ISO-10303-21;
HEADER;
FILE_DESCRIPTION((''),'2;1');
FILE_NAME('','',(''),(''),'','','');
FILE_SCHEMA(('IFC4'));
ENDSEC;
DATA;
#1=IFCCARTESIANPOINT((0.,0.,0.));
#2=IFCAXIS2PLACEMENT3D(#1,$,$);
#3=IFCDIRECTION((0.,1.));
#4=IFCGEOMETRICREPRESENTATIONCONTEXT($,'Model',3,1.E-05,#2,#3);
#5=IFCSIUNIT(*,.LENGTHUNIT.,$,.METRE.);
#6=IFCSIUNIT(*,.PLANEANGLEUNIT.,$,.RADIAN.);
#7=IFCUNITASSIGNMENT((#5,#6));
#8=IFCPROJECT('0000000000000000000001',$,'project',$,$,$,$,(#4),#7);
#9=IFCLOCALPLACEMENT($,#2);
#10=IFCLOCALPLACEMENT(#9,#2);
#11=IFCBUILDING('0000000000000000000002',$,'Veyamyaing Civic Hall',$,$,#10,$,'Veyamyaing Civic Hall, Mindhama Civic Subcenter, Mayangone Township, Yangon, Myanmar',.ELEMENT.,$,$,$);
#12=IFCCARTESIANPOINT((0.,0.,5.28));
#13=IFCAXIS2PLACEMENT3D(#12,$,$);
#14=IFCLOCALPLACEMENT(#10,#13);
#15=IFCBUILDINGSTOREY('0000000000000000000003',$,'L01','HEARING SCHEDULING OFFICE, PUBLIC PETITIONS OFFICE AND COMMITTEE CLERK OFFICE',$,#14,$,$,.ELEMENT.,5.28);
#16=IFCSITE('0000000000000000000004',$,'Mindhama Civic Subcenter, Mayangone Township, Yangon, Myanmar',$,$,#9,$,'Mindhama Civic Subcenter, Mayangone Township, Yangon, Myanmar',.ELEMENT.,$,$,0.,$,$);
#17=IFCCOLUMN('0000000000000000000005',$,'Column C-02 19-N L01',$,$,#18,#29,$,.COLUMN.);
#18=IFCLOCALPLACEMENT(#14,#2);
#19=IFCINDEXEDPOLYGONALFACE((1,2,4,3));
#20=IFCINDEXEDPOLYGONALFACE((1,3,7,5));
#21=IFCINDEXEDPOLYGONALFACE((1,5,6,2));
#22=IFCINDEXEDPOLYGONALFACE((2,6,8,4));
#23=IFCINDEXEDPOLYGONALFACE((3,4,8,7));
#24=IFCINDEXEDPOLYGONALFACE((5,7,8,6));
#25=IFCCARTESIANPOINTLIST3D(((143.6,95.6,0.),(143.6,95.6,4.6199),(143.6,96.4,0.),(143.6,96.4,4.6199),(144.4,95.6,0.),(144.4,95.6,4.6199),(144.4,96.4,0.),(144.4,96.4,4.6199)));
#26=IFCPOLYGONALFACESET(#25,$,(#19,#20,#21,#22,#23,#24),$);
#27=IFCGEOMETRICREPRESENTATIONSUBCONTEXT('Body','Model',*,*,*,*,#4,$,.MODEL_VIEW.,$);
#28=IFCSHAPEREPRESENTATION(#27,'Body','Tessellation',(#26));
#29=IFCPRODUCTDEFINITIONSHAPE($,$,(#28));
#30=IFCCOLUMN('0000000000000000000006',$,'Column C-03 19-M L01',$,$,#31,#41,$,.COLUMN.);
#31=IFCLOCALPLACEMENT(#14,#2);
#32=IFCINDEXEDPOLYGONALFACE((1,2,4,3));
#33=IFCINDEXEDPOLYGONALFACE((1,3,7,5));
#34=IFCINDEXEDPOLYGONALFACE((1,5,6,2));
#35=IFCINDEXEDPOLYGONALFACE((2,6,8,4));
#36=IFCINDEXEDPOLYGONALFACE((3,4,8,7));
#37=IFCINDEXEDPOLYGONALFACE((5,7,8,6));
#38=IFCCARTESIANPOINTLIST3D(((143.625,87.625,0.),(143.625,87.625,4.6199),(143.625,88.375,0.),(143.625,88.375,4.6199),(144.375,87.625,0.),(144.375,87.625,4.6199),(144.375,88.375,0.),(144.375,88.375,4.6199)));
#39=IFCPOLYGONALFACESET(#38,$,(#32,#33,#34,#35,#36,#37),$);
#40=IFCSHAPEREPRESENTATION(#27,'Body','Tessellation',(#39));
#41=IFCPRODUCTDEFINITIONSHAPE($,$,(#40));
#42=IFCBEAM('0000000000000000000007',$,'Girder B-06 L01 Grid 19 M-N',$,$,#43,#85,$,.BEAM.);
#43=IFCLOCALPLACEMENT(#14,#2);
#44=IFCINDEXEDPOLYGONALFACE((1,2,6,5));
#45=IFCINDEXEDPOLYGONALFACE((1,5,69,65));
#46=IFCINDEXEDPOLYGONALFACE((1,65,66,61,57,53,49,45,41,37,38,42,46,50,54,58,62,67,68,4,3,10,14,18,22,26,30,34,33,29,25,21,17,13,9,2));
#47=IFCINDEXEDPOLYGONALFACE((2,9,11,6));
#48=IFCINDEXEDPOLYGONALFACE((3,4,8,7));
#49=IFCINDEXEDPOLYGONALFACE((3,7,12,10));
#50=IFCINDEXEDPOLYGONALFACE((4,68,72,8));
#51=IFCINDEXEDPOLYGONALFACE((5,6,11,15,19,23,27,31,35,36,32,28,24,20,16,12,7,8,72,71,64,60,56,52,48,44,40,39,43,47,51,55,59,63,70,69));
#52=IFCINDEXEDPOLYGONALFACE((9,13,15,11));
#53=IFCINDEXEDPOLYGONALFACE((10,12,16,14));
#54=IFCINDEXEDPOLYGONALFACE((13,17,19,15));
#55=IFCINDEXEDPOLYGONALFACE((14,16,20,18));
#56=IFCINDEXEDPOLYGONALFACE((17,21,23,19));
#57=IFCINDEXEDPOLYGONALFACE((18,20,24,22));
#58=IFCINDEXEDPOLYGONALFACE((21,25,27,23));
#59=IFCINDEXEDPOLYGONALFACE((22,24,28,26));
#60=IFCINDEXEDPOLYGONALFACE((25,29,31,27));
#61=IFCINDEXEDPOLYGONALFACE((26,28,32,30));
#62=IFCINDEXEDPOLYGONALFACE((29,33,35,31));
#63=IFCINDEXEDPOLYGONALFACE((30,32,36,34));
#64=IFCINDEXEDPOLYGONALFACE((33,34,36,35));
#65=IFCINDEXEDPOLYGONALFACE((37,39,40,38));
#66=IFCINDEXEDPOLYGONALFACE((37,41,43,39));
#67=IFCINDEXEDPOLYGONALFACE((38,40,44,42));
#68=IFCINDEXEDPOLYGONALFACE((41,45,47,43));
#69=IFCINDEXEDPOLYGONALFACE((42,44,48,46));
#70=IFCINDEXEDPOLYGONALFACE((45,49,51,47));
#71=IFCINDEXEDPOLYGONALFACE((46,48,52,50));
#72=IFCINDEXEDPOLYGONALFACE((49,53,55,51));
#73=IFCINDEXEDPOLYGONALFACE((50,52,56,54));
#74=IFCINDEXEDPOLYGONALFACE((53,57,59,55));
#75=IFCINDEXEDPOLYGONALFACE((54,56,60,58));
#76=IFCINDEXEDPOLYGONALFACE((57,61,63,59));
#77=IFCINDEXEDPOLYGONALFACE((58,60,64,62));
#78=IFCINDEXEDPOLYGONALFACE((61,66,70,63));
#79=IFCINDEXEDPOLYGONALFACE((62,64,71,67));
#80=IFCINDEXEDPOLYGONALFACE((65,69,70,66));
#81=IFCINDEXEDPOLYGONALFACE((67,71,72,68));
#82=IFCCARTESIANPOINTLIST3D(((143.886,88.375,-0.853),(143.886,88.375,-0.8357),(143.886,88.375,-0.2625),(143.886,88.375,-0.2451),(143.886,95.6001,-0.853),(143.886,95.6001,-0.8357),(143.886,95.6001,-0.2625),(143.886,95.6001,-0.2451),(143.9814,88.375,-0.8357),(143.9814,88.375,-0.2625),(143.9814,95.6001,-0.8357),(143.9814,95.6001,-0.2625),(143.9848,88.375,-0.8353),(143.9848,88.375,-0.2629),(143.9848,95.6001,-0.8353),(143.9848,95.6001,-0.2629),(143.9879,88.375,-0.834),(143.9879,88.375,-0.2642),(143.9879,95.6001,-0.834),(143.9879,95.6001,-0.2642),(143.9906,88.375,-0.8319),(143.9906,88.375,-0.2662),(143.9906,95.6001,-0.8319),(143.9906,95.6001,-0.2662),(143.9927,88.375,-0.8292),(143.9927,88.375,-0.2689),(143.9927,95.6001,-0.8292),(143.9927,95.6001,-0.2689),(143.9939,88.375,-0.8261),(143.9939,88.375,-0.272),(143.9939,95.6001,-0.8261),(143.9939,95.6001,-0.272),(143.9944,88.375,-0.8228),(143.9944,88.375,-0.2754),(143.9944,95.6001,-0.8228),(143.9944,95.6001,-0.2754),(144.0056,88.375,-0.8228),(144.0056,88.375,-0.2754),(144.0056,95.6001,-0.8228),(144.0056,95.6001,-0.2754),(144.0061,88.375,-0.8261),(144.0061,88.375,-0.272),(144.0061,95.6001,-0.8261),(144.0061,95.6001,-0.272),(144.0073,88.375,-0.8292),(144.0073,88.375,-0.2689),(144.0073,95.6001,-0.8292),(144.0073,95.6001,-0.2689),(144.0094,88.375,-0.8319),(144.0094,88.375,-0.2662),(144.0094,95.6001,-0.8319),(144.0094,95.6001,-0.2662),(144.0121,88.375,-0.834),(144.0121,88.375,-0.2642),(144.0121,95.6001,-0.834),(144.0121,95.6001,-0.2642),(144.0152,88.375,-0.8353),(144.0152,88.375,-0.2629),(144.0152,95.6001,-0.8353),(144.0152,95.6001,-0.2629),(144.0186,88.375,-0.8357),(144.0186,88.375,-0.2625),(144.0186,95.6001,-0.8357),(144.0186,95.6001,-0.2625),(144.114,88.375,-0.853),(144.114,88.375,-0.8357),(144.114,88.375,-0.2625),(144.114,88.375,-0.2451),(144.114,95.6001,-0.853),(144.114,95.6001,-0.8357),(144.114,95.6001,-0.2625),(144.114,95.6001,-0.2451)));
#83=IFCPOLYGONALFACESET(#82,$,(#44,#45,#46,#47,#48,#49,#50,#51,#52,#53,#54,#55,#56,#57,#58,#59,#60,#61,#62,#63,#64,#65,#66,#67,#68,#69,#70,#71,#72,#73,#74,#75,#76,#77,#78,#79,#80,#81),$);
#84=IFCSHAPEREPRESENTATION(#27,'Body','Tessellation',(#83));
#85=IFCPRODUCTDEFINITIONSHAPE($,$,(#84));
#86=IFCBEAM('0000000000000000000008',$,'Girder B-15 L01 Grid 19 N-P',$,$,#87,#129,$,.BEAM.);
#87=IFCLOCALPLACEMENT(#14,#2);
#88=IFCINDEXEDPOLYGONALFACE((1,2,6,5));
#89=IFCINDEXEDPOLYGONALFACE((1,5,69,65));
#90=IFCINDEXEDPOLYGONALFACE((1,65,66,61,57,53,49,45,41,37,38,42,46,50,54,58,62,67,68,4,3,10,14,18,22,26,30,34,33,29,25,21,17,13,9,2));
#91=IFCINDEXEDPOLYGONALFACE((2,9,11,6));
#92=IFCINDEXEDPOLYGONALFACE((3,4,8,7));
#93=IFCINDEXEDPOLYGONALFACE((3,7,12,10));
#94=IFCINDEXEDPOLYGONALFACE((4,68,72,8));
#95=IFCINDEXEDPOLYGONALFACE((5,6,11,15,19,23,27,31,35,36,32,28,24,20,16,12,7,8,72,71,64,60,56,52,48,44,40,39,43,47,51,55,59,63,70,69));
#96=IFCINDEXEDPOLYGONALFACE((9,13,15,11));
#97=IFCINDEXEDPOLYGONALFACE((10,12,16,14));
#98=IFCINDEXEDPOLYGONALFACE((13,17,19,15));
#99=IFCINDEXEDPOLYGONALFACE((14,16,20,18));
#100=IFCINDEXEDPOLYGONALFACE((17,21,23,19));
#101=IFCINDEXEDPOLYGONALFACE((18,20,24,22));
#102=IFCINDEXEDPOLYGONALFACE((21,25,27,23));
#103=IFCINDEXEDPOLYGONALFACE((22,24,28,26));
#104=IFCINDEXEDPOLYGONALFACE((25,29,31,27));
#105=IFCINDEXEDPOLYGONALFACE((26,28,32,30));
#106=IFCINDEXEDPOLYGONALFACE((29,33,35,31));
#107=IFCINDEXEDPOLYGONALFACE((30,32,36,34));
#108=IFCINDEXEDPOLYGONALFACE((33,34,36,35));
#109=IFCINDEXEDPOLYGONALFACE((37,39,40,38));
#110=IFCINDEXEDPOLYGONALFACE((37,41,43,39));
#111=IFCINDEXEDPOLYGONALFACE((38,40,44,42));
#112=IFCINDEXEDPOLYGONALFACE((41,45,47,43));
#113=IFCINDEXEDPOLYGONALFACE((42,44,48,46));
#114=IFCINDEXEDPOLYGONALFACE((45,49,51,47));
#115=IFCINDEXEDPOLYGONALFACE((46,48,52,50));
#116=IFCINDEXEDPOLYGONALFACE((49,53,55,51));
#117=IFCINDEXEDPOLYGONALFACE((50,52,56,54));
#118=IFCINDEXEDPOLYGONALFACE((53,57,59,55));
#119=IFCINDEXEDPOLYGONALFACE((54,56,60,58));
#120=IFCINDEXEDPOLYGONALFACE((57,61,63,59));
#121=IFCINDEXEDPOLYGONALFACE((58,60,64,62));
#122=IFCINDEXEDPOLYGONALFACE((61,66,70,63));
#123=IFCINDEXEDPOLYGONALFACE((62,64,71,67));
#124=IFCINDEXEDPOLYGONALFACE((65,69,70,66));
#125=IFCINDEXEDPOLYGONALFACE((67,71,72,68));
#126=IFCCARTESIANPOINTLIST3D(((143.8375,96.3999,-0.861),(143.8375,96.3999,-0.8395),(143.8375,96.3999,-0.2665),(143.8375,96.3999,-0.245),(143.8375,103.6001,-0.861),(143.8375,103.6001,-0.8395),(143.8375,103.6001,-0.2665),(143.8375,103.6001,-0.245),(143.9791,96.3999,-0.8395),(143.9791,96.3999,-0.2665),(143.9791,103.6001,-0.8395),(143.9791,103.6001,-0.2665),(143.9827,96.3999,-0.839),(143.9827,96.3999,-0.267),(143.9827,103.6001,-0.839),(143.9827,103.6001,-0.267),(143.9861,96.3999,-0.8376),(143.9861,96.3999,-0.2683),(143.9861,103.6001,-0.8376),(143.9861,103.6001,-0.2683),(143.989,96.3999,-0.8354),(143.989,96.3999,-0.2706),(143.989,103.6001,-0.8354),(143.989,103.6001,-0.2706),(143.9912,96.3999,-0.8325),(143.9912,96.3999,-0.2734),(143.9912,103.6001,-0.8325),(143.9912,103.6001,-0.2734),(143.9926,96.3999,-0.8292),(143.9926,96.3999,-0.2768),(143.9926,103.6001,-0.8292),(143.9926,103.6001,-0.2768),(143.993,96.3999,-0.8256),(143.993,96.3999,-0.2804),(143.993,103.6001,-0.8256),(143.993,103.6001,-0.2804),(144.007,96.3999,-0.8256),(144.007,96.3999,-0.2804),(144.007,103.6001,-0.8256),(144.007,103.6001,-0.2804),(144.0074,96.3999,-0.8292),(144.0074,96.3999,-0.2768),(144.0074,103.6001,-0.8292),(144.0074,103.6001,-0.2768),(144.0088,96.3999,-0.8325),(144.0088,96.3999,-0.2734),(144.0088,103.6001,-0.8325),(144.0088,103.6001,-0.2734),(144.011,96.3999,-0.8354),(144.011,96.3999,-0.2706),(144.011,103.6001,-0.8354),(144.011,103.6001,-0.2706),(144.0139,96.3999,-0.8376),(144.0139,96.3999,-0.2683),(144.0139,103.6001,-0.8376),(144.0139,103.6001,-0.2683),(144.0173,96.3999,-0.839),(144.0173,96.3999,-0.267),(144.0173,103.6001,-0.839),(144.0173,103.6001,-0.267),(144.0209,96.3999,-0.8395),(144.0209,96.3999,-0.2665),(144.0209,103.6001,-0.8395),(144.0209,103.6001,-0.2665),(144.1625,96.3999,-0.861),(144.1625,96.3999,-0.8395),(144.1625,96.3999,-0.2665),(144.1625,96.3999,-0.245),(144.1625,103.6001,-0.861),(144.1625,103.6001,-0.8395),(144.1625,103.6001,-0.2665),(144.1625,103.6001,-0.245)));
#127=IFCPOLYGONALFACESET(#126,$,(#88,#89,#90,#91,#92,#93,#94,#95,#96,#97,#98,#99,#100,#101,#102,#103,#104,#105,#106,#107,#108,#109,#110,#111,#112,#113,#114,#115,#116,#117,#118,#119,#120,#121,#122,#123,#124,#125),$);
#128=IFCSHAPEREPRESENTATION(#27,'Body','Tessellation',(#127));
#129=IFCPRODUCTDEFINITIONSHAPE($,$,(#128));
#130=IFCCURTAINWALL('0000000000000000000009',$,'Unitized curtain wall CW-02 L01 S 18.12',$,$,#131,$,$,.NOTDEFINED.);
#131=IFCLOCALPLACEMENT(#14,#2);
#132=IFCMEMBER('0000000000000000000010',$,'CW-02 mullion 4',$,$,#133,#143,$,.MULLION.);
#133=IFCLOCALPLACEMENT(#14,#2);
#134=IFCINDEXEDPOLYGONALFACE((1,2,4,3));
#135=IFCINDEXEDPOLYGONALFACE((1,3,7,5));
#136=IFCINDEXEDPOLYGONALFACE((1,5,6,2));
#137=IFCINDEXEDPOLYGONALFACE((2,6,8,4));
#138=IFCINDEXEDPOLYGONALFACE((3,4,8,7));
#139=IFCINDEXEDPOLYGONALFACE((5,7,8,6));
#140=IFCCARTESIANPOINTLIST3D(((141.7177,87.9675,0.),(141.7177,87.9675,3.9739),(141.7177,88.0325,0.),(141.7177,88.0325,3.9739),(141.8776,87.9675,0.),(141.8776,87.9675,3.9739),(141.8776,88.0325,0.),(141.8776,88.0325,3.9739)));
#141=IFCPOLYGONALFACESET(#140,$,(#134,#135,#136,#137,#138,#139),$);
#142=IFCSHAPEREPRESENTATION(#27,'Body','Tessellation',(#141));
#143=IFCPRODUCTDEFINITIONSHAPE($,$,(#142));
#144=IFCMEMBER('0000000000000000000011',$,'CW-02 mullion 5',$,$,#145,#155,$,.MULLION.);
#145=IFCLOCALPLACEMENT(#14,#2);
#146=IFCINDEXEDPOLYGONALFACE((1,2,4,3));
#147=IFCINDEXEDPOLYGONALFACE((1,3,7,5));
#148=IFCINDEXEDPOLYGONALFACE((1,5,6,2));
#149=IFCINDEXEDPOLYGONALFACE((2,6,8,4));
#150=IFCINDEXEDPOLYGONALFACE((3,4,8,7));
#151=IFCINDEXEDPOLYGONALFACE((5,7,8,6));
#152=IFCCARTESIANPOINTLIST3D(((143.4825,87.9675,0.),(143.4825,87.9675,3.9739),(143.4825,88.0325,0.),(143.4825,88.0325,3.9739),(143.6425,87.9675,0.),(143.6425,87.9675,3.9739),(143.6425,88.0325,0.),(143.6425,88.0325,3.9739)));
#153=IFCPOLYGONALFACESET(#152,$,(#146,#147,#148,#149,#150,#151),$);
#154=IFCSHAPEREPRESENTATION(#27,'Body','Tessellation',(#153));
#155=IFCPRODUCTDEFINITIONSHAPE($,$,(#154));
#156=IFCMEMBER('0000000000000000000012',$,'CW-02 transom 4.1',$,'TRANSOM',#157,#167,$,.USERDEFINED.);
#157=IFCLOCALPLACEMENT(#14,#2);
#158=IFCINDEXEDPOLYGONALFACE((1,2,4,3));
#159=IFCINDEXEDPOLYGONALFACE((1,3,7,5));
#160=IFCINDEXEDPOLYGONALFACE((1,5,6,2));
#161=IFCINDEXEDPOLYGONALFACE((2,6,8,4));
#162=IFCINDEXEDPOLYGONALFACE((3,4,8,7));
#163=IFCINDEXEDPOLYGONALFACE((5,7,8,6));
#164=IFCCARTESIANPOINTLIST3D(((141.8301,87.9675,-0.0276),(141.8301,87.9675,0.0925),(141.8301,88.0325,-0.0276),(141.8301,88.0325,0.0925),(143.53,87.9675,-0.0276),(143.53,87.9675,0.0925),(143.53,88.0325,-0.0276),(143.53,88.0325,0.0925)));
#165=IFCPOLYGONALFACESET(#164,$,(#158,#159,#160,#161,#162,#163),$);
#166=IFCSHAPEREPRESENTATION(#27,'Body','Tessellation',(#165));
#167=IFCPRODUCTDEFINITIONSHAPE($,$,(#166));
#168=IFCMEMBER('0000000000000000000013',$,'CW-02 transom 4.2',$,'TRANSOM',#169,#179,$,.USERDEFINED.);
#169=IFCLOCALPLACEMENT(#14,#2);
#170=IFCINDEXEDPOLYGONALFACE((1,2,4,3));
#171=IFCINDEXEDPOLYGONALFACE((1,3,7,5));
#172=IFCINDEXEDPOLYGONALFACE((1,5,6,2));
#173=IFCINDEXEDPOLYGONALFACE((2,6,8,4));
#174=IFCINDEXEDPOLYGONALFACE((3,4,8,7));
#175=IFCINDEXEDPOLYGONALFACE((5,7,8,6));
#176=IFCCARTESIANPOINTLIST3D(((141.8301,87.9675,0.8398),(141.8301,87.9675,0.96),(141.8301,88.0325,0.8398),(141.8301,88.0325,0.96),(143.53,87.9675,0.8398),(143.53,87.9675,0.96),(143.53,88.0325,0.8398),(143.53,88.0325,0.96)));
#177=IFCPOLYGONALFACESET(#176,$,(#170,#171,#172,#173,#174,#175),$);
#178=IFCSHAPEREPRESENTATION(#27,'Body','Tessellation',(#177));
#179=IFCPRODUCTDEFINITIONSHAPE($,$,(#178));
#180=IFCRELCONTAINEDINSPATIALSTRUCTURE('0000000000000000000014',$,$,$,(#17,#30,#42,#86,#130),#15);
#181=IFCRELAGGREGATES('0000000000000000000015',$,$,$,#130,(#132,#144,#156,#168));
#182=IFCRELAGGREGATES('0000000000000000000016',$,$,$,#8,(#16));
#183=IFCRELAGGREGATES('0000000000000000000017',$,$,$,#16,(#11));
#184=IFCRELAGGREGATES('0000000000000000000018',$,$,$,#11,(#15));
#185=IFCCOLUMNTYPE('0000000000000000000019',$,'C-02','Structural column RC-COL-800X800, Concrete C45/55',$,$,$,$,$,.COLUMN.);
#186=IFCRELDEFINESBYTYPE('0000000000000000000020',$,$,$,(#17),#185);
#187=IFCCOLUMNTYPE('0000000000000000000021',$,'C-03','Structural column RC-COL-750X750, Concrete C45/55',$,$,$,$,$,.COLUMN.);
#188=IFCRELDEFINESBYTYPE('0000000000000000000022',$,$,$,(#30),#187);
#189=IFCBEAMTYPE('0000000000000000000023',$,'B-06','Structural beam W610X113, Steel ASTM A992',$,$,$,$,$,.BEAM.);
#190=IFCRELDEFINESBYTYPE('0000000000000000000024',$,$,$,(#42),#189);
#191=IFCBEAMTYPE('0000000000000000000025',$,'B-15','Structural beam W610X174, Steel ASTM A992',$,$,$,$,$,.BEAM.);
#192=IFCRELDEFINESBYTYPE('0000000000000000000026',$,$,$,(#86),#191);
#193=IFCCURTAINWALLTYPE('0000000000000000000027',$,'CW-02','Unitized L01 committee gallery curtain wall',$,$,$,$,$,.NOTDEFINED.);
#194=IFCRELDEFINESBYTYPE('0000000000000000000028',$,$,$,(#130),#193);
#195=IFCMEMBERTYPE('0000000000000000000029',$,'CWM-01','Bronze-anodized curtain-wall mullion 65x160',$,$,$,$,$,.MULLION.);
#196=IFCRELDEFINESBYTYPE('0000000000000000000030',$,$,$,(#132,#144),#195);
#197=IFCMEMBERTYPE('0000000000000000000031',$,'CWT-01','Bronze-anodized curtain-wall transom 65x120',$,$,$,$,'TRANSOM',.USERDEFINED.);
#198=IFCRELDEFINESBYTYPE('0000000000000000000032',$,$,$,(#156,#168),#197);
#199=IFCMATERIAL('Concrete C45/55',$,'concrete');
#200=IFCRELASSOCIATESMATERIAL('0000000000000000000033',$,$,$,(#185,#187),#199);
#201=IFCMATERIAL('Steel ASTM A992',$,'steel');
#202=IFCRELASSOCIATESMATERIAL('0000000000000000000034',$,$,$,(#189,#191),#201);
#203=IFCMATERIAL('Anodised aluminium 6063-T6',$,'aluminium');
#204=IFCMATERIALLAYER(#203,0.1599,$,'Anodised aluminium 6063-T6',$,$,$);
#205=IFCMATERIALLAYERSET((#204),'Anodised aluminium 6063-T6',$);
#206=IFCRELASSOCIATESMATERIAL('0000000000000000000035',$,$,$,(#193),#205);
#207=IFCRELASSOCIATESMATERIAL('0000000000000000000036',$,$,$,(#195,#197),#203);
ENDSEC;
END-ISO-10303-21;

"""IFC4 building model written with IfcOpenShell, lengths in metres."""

from ifc_helpers import new_model, si_unit, direction, frame, origin, origin_2d, place, context, subcontext, project, spatial, rectangle, i_section, extrude, material, layer, layer_set, material_profile, profile_set, type_object, element, aggregate, save


model = new_model("IFC4")

# Units and contexts
model_context = context("Model", 3, precision=1e-05, world=origin(), true_north=direction((0.0, 1.0)))
body_context = subcontext(model_context, "Body", "Model", "MODEL_VIEW")
ifc_project = project(units=[si_unit("LENGTHUNIT", "METRE"), si_unit("PLANEANGLEUNIT", "RADIAN")], contexts=[model_context])

# Site, building, storey
site_placement = place(None, origin())
site = spatial("IfcSite", under=ifc_project, at=site_placement, Name="Mindhama Civic Subcenter, Mayangone Township, Yangon, Myanmar", LongName="Mindhama Civic Subcenter, Mayangone Township, Yangon, Myanmar", CompositionType="ELEMENT", RefElevation=0.0)
building_placement = place(site_placement, origin())
building = spatial("IfcBuilding", under=site, at=building_placement, Name="Veyamyaing Civic Hall", LongName="Veyamyaing Civic Hall, Mindhama Civic Subcenter, Mayangone Township, Yangon, Myanmar", CompositionType="ELEMENT")
storey_placement = place(building_placement, frame((0.0, 0.0, 5.28)))
storey = spatial("IfcBuildingStorey", under=building, at=storey_placement, Name="L01", Description="HEARING SCHEDULING OFFICE, PUBLIC PETITIONS OFFICE AND COMMITTEE CLERK OFFICE", CompositionType="ELEMENT", Elevation=5.28)

# Columns
ifc_material_1 = material(Name="Concrete C45/55", Category="concrete")
ifc_material_profile_1 = material_profile(ifc_material_1, rectangle(XDim=0.8, YDim=0.8, at=origin_2d()), Name="RC-COL-800X800")
ifc_profile_set_1 = profile_set([ifc_material_profile_1], Name="Concrete C45/55")
column_type_1 = type_object("IfcColumnType", Name="C-02", Description="Structural column RC-COL-800X800, Concrete C45/55", PredefinedType="COLUMN", material=ifc_profile_set_1)
column_1_placement = place(storey_placement, frame((144.0, 96.0, 0.0), z_axis=(0.0, 0.0, 1.0), x_axis=(1.0, 0.0, 0.0)))
element("IfcColumn", 1, at=column_1_placement, inside=storey, type_object=column_type_1, Name="Column C-02 19-N L01", PredefinedType="COLUMN", context=body_context, shape_type="SweptSolid", body=[
    extrude(rectangle(XDim=0.8, YDim=0.8, at=origin_2d()), origin(), (0.0, 0.0, 1.0), 4.6199),
])
ifc_material_profile_2 = material_profile(ifc_material_1, rectangle(XDim=0.75, YDim=0.75, at=origin_2d()), Name="RC-COL-750X750")
ifc_profile_set_2 = profile_set([ifc_material_profile_2], Name="Concrete C45/55")
column_type_2 = type_object("IfcColumnType", Name="C-03", Description="Structural column RC-COL-750X750, Concrete C45/55", PredefinedType="COLUMN", material=ifc_profile_set_2)
column_2_placement = place(storey_placement, frame((144.0, 88.0, 0.0), z_axis=(0.0, 0.0, 1.0), x_axis=(1.0, 0.0, 0.0)))
element("IfcColumn", 2, at=column_2_placement, inside=storey, type_object=column_type_2, Name="Column C-03 19-M L01", PredefinedType="COLUMN", context=body_context, shape_type="SweptSolid", body=[
    extrude(rectangle(XDim=0.75, YDim=0.75, at=origin_2d()), origin(), (0.0, 0.0, 1.0), 4.6199),
])

# Beams
ifc_material_2 = material(Name="Steel ASTM A992", Category="steel")
ifc_material_profile_3 = material_profile(ifc_material_2, i_section(OverallWidth=0.228, OverallDepth=0.6079, WebThickness=0.0112, FlangeThickness=0.0173, FilletRadius=0.0129, at=origin_2d()), Name="W610X113")
ifc_profile_set_3 = profile_set([ifc_material_profile_3], Name="Steel ASTM A992")
beam_type_1 = type_object("IfcBeamType", Name="B-06", Description="Structural beam W610X113, Steel ASTM A992", PredefinedType="BEAM", material=ifc_profile_set_3)
beam_1_placement = place(storey_placement, frame((144.0, 88.375, -0.5491), z_axis=(0.0, 1.0, 0.0), x_axis=(-1.0, 0.0, 0.0)))
element("IfcBeam", 3, at=beam_1_placement, inside=storey, type_object=beam_type_1, Name="Girder B-06 L01 Grid 19 M-N", PredefinedType="BEAM", context=body_context, shape_type="SweptSolid", body=[
    extrude(i_section(OverallWidth=0.228, OverallDepth=0.6079, WebThickness=0.0112, FlangeThickness=0.0173, FilletRadius=0.0129, at=origin_2d()), origin(), (0.0, 0.0, 1.0), 7.2251),
])
ifc_material_profile_4 = material_profile(ifc_material_2, i_section(OverallWidth=0.325, OverallDepth=0.616, WebThickness=0.0139, FlangeThickness=0.0215, FilletRadius=0.0139, at=origin_2d()), Name="W610X174")
ifc_profile_set_4 = profile_set([ifc_material_profile_4], Name="Steel ASTM A992")
beam_type_2 = type_object("IfcBeamType", Name="B-15", Description="Structural beam W610X174, Steel ASTM A992", PredefinedType="BEAM", material=ifc_profile_set_4)
beam_2_placement = place(storey_placement, frame((144.0, 96.3999, -0.553), z_axis=(0.0, 1.0, 0.0), x_axis=(-1.0, 0.0, 0.0)))
element("IfcBeam", 4, at=beam_2_placement, inside=storey, type_object=beam_type_2, Name="Girder B-15 L01 Grid 19 N-P", PredefinedType="BEAM", context=body_context, shape_type="SweptSolid", body=[
    extrude(i_section(OverallWidth=0.325, OverallDepth=0.616, WebThickness=0.0139, FlangeThickness=0.0215, FilletRadius=0.0139, at=origin_2d()), origin(), (0.0, 0.0, 1.0), 7.2002),
])

# Curtain wall, members
ifc_material_3 = material(Name="Anodised aluminium 6063-T6", Category="aluminium")
ifc_layer_1 = layer(ifc_material_3, 0.1599, Name="Anodised aluminium 6063-T6")
ifc_layer_set_1 = layer_set([ifc_layer_1], Name="Anodised aluminium 6063-T6")
curtain_wall_type = type_object("IfcCurtainWallType", Name="CW-02", Description="Unitized L01 committee gallery curtain wall", PredefinedType="NOTDEFINED", material=ifc_layer_set_1)
curtain_wall_placement = place(storey_placement, origin())
curtain_wall = element("IfcCurtainWall", 5, at=curtain_wall_placement, inside=storey, type_object=curtain_wall_type, Name="Unitized curtain wall CW-02 L01 S 18.12", PredefinedType="NOTDEFINED")
ifc_material_profile_5 = material_profile(ifc_material_3, rectangle(XDim=0.0649, YDim=0.1599, at=origin_2d()), Name="ALU-MUL-65X160")
ifc_profile_set_5 = profile_set([ifc_material_profile_5], Name="Anodised aluminium 6063-T6")
member_type_1 = type_object("IfcMemberType", Name="CWM-01", Description="Bronze-anodized curtain-wall mullion 65x160", PredefinedType="MULLION", material=ifc_profile_set_5)
member_1_placement = place(storey_placement, frame((141.7976, 88.0, 0.0), z_axis=(0.0, 0.0, 1.0), x_axis=(0.0, 1.0, 0.0)))
member_1 = element("IfcMember", 6, at=member_1_placement, type_object=member_type_1, Name="CW-02 mullion 4", PredefinedType="MULLION", context=body_context, shape_type="SweptSolid", body=[
    extrude(rectangle(XDim=0.0649, YDim=0.1599, at=origin_2d()), origin(), (0.0, 0.0, 1.0), 3.9739),
])
member_2_placement = place(storey_placement, frame((143.5625, 88.0, 0.0), z_axis=(0.0, 0.0, 1.0), x_axis=(0.0, 1.0, 0.0)))
member_2 = element("IfcMember", 7, at=member_2_placement, type_object=member_type_1, Name="CW-02 mullion 5", PredefinedType="MULLION", context=body_context, shape_type="SweptSolid", body=[
    extrude(rectangle(XDim=0.0649, YDim=0.1599, at=origin_2d()), origin(), (0.0, 0.0, 1.0), 3.9739),
])
ifc_material_profile_6 = material_profile(ifc_material_3, rectangle(XDim=0.0649, YDim=0.1201, at=origin_2d()), Name="ALU-TRN-65X120")
ifc_profile_set_6 = profile_set([ifc_material_profile_6], Name="Anodised aluminium 6063-T6")
member_type_2 = type_object("IfcMemberType", Name="CWT-01", Description="Bronze-anodized curtain-wall transom 65x120", ElementType="TRANSOM", PredefinedType="USERDEFINED", material=ifc_profile_set_6)
member_3_placement = place(storey_placement, frame((141.8301, 88.0, 0.0325), z_axis=(1.0, 0.0, 0.0), x_axis=(0.0, 1.0, 0.0)))
member_3 = element("IfcMember", 8, at=member_3_placement, type_object=member_type_2, Name="CW-02 transom 4.1", ObjectType="TRANSOM", PredefinedType="USERDEFINED", context=body_context, shape_type="SweptSolid", body=[
    extrude(rectangle(XDim=0.0649, YDim=0.1201, at=origin_2d()), origin(), (0.0, 0.0, 1.0), 1.7),
])
member_4_placement = place(storey_placement, frame((141.8301, 88.0, 0.8999), z_axis=(1.0, 0.0, 0.0), x_axis=(0.0, 1.0, 0.0)))
member_4 = element("IfcMember", 9, at=member_4_placement, type_object=member_type_2, Name="CW-02 transom 4.2", ObjectType="TRANSOM", PredefinedType="USERDEFINED", context=body_context, shape_type="SweptSolid", body=[
    extrude(rectangle(XDim=0.0649, YDim=0.1201, at=origin_2d()), origin(), (0.0, 0.0, 1.0), 1.7),
])

aggregate(curtain_wall, [member_1, member_2, member_3, member_4])

save(model, "model.ifc")
